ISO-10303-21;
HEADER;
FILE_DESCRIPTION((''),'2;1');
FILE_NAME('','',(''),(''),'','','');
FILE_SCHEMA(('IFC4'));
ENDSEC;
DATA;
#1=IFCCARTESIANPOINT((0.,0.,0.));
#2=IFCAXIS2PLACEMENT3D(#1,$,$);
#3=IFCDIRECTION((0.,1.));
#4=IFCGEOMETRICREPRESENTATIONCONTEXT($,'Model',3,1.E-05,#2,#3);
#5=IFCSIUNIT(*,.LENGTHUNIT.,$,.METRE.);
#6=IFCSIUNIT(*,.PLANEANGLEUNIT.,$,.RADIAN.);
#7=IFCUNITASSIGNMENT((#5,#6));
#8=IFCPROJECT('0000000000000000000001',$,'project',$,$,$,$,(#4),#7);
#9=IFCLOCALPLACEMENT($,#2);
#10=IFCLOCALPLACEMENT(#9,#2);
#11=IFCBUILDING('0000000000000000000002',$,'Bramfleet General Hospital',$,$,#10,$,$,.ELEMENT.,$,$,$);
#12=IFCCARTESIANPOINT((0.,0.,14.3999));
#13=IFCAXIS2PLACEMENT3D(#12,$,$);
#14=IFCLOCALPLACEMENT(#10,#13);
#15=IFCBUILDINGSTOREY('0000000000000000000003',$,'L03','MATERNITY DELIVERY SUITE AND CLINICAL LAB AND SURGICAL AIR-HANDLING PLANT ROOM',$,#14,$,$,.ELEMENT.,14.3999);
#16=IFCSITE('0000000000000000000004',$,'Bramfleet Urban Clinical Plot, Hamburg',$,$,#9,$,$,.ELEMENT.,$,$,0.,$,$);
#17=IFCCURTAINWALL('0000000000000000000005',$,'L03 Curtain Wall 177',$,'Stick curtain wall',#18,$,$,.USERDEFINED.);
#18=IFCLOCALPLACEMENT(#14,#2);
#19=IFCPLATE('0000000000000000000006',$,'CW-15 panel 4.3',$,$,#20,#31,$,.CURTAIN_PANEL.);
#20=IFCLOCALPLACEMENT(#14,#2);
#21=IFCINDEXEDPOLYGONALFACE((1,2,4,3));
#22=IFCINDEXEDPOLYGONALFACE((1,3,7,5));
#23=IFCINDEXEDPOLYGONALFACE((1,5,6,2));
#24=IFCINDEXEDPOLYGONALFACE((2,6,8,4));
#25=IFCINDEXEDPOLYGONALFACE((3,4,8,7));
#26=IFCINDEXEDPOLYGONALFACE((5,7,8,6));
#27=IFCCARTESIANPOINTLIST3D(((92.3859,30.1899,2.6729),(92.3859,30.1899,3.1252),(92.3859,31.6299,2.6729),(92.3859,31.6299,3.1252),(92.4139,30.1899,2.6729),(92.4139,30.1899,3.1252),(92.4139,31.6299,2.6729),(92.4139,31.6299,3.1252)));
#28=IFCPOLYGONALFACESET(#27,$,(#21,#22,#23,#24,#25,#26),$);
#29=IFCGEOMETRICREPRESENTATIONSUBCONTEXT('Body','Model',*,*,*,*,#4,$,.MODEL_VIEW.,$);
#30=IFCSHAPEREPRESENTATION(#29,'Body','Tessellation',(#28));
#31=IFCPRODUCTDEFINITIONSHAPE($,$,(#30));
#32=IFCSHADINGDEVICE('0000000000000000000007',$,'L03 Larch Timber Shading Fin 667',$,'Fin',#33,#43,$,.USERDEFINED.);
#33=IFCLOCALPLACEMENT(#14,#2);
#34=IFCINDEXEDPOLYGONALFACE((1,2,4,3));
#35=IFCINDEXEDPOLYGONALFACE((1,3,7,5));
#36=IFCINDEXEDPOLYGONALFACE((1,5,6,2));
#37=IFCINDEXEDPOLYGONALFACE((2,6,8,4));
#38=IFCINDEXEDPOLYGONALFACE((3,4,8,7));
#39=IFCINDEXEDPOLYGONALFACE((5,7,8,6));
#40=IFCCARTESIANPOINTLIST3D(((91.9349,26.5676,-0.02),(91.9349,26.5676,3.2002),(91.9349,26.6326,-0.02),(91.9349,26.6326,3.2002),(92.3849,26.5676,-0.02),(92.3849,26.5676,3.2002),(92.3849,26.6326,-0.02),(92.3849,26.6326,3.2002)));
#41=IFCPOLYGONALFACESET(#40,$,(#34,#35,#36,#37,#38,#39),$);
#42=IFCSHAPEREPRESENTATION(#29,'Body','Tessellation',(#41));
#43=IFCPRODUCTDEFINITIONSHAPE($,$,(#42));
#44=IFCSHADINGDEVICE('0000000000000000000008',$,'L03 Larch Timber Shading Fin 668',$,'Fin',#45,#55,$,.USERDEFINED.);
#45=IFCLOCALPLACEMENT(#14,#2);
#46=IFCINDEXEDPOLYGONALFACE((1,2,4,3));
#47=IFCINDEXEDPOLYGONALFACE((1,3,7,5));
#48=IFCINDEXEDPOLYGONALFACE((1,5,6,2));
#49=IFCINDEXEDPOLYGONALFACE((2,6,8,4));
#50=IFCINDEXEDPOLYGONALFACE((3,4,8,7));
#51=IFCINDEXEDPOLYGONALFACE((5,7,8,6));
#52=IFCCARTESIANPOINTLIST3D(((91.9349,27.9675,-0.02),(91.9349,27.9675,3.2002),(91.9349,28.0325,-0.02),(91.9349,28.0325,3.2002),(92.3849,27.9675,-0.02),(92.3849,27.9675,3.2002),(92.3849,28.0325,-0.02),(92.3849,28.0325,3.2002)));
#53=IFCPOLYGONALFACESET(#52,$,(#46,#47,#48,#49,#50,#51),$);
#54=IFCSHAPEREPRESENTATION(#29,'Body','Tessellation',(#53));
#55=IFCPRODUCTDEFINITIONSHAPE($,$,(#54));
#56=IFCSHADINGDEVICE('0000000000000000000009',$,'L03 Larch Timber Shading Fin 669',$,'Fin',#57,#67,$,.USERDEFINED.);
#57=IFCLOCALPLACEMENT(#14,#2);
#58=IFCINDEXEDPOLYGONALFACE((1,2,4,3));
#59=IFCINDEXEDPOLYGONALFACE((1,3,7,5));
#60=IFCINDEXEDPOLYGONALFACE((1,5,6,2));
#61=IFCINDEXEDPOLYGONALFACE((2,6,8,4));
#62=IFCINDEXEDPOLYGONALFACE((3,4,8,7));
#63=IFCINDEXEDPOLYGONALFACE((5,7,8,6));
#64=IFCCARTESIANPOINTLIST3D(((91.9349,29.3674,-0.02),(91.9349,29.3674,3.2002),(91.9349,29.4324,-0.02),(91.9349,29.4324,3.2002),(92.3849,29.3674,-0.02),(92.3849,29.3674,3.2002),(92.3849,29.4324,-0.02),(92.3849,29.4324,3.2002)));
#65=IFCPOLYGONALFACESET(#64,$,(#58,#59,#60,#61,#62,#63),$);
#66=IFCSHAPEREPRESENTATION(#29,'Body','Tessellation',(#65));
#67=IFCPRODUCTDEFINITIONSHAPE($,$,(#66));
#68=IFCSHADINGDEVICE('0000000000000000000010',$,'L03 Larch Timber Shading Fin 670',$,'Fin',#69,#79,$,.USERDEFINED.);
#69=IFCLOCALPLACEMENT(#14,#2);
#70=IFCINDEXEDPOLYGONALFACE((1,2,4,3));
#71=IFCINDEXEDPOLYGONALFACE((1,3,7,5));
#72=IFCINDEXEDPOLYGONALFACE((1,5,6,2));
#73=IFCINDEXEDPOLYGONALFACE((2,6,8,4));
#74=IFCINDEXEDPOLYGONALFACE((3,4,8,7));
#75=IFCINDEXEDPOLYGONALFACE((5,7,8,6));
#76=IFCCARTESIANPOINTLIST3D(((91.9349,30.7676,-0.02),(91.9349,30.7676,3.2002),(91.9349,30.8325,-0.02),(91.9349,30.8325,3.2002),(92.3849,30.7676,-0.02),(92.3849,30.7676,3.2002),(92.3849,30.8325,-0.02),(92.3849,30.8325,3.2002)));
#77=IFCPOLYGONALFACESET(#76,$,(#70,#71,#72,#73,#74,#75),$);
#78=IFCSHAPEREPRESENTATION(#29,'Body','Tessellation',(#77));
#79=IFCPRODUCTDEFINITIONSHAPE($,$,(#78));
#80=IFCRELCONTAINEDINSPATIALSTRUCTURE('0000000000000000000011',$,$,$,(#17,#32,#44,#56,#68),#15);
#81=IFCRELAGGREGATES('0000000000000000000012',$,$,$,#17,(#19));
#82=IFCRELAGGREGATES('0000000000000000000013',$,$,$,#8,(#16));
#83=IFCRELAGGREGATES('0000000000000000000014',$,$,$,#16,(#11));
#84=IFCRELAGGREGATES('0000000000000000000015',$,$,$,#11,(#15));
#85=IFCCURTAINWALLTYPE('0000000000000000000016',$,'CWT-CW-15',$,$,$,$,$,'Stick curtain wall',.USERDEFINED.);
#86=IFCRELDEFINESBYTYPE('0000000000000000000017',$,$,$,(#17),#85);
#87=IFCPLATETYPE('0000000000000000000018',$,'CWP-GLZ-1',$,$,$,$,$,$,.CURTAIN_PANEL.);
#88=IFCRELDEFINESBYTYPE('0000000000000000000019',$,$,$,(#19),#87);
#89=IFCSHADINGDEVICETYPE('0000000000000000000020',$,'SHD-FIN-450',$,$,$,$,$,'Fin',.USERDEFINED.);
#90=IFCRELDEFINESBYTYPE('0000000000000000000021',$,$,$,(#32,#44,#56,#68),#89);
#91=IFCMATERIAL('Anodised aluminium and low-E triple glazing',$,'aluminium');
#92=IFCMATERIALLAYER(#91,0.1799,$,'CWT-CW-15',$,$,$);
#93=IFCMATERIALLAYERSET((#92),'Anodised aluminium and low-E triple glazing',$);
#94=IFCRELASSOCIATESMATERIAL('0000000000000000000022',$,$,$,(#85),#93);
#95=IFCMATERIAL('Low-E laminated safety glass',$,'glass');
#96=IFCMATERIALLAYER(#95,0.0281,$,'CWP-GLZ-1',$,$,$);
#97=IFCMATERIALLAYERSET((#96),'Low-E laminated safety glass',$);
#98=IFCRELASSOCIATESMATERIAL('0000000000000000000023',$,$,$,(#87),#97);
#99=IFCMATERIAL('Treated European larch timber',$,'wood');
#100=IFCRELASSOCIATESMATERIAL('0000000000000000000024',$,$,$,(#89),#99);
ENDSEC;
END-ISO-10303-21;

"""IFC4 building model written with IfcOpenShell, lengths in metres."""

from ifc_helpers import new_model, si_unit, direction, frame, origin, origin_2d, place, context, subcontext, project, spatial, rectangle, extrude, material, layer, layer_set, material_profile, profile_set, type_object, element, aggregate, save


model = new_model("IFC4")

# Units and contexts
model_context = context("Model", 3, precision=1e-05, world=origin(), true_north=direction((0.0, 1.0)))
body_context = subcontext(model_context, "Body", "Model", "MODEL_VIEW")
ifc_project = project(units=[si_unit("LENGTHUNIT", "METRE"), si_unit("PLANEANGLEUNIT", "RADIAN")], contexts=[model_context])

# Site, building, storey
site_placement = place(None, origin())
site = spatial("IfcSite", under=ifc_project, at=site_placement, Name="Bramfleet Urban Clinical Plot, Hamburg", CompositionType="ELEMENT", RefElevation=0.0)
building_placement = place(site_placement, origin())
building = spatial("IfcBuilding", under=site, at=building_placement, Name="Bramfleet General Hospital", CompositionType="ELEMENT")
storey_placement = place(building_placement, frame((0.0, 0.0, 14.3999)))
storey = spatial("IfcBuildingStorey", under=building, at=storey_placement, Name="L03", Description="MATERNITY DELIVERY SUITE AND CLINICAL LAB AND SURGICAL AIR-HANDLING PLANT ROOM", CompositionType="ELEMENT", Elevation=14.3999)

# Curtain wall, plate
ifc_material_1 = material(Name="Anodised aluminium and low-E triple glazing", Category="aluminium")
ifc_layer_1 = layer(ifc_material_1, 0.1799, Name="CWT-CW-15")
ifc_layer_set_1 = layer_set([ifc_layer_1], Name="Anodised aluminium and low-E triple glazing")
curtain_wall_type = type_object("IfcCurtainWallType", Name="CWT-CW-15", ElementType="Stick curtain wall", PredefinedType="USERDEFINED", material=ifc_layer_set_1)
curtain_wall_placement = place(storey_placement, origin())
curtain_wall = element("IfcCurtainWall", 1, at=curtain_wall_placement, inside=storey, type_object=curtain_wall_type, Name="L03 Curtain Wall 177", ObjectType="Stick curtain wall", PredefinedType="USERDEFINED")
ifc_material_2 = material(Name="Low-E laminated safety glass", Category="glass")
ifc_layer_2 = layer(ifc_material_2, 0.0281, Name="CWP-GLZ-1")
ifc_layer_set_2 = layer_set([ifc_layer_2], Name="Low-E laminated safety glass")
plate_type = type_object("IfcPlateType", Name="CWP-GLZ-1", PredefinedType="CURTAIN_PANEL", material=ifc_layer_set_2)
plate_1_placement = place(storey_placement, frame((92.3999, 30.9099, 2.6729), z_axis=(0.0, 0.0, 1.0), x_axis=(0.0, 1.0, 0.0)))
plate_1 = element("IfcPlate", 2, at=plate_1_placement, type_object=plate_type, Name="CW-15 panel 4.3", PredefinedType="CURTAIN_PANEL", context=body_context, shape_type="SweptSolid", body=[
    extrude(rectangle(XDim=1.4399, YDim=0.0281, at=origin_2d()), origin(), (0.0, 0.0, 1.0), 0.4524),
])
aggregate(curtain_wall, [plate_1])

# Shading devices
ifc_material_3 = material(Name="Treated European larch timber", Category="wood")
ifc_material_profile_1 = material_profile(ifc_material_3, rectangle(XDim=0.0649, YDim=0.45, at=origin_2d()), Name="LARCH FIN 450x65")
ifc_profile_set_1 = profile_set([ifc_material_profile_1], Name="Treated European larch timber")
shading_device_type = type_object("IfcShadingDeviceType", Name="SHD-FIN-450", ElementType="Fin", PredefinedType="USERDEFINED", material=ifc_profile_set_1)
for number, where, z_axis, x_axis, name in (
    (3, (92.1599, 26.6001, -0.02), (0.0, 0.0, 1.0), (0.0, 1.0, 0.0), "L03 Larch Timber Shading Fin 667"),
    (4, (92.1599, 28.0, -0.02), (0.0, 0.0, 1.0), (0.0, 1.0, 0.0), "L03 Larch Timber Shading Fin 668"),
    (5, (92.1599, 29.3999, -0.02), (0.0, 0.0, 1.0), (0.0, 1.0, 0.0), "L03 Larch Timber Shading Fin 669"),
    (6, (92.1599, 30.8, -0.02), (0.0, 0.0, 1.0), (0.0, 1.0, 0.0), "L03 Larch Timber Shading Fin 670"),
):
    element("IfcShadingDevice", number, at=place(storey_placement, frame(where, z_axis=z_axis, x_axis=x_axis)), inside=storey, type_object=shading_device_type, Name=name, ObjectType="Fin", PredefinedType="USERDEFINED", context=body_context, shape_type="SweptSolid", body=[
        extrude(rectangle(XDim=0.0649, YDim=0.45, at=origin_2d()), origin(), (0.0, 0.0, 1.0), 3.2202),
    ])

save(model, "model.ifc")
